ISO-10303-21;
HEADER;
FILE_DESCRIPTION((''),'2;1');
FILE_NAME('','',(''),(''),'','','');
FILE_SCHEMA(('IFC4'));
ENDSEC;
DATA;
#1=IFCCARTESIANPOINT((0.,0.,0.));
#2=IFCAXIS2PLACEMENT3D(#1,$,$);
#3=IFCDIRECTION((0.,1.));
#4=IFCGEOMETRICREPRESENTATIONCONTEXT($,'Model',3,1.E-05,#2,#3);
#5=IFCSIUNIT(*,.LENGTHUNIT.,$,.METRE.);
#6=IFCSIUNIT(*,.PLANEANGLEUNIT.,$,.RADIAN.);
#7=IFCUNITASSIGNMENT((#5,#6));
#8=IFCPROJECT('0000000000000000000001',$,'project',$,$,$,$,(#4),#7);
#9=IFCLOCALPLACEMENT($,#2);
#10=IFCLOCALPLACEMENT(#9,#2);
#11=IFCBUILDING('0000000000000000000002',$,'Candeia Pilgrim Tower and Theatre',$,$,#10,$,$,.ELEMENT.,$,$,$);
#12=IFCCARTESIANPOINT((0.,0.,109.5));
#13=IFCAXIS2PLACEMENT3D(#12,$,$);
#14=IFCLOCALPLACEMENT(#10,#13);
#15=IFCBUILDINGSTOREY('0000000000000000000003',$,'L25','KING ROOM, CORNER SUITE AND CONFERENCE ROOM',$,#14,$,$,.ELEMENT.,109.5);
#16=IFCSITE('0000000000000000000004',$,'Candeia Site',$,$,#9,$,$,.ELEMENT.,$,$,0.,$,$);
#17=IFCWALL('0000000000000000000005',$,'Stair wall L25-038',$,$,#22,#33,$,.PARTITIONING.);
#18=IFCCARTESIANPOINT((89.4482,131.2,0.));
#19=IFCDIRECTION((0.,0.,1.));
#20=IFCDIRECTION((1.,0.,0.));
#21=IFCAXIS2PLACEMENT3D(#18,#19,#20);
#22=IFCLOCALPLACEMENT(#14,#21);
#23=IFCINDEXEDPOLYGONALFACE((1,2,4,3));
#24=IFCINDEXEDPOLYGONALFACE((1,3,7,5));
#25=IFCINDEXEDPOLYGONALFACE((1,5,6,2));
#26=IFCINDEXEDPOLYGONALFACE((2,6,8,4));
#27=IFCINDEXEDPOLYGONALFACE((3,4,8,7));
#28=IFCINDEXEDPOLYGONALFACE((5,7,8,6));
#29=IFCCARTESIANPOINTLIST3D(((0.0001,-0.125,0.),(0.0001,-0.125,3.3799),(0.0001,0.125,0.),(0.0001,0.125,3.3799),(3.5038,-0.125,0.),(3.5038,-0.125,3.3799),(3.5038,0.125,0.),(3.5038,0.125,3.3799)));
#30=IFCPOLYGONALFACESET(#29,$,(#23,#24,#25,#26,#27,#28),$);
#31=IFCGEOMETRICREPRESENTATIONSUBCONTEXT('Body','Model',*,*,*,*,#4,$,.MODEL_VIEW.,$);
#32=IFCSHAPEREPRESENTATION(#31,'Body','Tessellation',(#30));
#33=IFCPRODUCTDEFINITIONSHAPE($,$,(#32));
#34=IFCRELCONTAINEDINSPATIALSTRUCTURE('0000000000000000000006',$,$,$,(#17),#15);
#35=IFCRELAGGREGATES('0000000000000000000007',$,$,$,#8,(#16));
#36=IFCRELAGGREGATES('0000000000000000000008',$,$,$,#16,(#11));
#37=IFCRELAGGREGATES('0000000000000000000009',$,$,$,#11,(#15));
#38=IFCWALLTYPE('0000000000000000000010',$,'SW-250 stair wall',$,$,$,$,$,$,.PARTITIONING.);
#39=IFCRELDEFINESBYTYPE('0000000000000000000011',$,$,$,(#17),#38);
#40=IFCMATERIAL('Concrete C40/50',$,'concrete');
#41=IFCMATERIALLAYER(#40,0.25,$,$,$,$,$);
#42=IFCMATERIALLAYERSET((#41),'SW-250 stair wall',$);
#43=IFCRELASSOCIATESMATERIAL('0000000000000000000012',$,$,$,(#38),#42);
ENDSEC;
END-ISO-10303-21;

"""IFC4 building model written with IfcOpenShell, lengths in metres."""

from ifc_helpers import new_model, si_unit, direction, frame, frame_2d, origin, place, context, subcontext, project, spatial, rectangle, extrude, material, layer, layer_set, type_object, element, save


model = new_model("IFC4")

# Units and contexts
model_context = context("Model", 3, precision=1e-05, world=origin(), true_north=direction((0.0, 1.0)))
body_context = subcontext(model_context, "Body", "Model", "MODEL_VIEW")
ifc_project = project(units=[si_unit("LENGTHUNIT", "METRE"), si_unit("PLANEANGLEUNIT", "RADIAN")], contexts=[model_context])

# Site, building, storey
site_placement = place(None, origin())
site = spatial("IfcSite", under=ifc_project, at=site_placement, Name="Candeia Site", CompositionType="ELEMENT", RefElevation=0.0)
building_placement = place(site_placement, origin())
building = spatial("IfcBuilding", under=site, at=building_placement, Name="Candeia Pilgrim Tower and Theatre", CompositionType="ELEMENT")
storey_placement = place(building_placement, frame((0.0, 0.0, 109.5)))
storey = spatial("IfcBuildingStorey", under=building, at=storey_placement, Name="L25", Description="KING ROOM, CORNER SUITE AND CONFERENCE ROOM", CompositionType="ELEMENT", Elevation=109.5)

# Wall
ifc_material_1 = material(Name="Concrete C40/50", Category="concrete")
ifc_layer_1 = layer(ifc_material_1, 0.25)
ifc_layer_set_1 = layer_set([ifc_layer_1], Name="SW-250 stair wall")
wall_type_1 = type_object("IfcWallType", Name="SW-250 stair wall", PredefinedType="PARTITIONING", material=ifc_layer_set_1)
wall_1_placement = place(storey_placement, frame((89.4482, 131.2, 0.0), z_axis=(0.0, 0.0, 1.0), x_axis=(1.0, 0.0, 0.0)))
element("IfcWall", 1, at=wall_1_placement, inside=storey, type_object=wall_type_1, Name="Stair wall L25-038", PredefinedType="PARTITIONING", context=body_context, shape_type="SweptSolid", body=[
    extrude(rectangle(XDim=3.5037, YDim=0.25, at=frame_2d((1.752, 0.0))), origin(), (0.0, 0.0, 1.0), 3.3799),
])

save(model, "model.ifc")
